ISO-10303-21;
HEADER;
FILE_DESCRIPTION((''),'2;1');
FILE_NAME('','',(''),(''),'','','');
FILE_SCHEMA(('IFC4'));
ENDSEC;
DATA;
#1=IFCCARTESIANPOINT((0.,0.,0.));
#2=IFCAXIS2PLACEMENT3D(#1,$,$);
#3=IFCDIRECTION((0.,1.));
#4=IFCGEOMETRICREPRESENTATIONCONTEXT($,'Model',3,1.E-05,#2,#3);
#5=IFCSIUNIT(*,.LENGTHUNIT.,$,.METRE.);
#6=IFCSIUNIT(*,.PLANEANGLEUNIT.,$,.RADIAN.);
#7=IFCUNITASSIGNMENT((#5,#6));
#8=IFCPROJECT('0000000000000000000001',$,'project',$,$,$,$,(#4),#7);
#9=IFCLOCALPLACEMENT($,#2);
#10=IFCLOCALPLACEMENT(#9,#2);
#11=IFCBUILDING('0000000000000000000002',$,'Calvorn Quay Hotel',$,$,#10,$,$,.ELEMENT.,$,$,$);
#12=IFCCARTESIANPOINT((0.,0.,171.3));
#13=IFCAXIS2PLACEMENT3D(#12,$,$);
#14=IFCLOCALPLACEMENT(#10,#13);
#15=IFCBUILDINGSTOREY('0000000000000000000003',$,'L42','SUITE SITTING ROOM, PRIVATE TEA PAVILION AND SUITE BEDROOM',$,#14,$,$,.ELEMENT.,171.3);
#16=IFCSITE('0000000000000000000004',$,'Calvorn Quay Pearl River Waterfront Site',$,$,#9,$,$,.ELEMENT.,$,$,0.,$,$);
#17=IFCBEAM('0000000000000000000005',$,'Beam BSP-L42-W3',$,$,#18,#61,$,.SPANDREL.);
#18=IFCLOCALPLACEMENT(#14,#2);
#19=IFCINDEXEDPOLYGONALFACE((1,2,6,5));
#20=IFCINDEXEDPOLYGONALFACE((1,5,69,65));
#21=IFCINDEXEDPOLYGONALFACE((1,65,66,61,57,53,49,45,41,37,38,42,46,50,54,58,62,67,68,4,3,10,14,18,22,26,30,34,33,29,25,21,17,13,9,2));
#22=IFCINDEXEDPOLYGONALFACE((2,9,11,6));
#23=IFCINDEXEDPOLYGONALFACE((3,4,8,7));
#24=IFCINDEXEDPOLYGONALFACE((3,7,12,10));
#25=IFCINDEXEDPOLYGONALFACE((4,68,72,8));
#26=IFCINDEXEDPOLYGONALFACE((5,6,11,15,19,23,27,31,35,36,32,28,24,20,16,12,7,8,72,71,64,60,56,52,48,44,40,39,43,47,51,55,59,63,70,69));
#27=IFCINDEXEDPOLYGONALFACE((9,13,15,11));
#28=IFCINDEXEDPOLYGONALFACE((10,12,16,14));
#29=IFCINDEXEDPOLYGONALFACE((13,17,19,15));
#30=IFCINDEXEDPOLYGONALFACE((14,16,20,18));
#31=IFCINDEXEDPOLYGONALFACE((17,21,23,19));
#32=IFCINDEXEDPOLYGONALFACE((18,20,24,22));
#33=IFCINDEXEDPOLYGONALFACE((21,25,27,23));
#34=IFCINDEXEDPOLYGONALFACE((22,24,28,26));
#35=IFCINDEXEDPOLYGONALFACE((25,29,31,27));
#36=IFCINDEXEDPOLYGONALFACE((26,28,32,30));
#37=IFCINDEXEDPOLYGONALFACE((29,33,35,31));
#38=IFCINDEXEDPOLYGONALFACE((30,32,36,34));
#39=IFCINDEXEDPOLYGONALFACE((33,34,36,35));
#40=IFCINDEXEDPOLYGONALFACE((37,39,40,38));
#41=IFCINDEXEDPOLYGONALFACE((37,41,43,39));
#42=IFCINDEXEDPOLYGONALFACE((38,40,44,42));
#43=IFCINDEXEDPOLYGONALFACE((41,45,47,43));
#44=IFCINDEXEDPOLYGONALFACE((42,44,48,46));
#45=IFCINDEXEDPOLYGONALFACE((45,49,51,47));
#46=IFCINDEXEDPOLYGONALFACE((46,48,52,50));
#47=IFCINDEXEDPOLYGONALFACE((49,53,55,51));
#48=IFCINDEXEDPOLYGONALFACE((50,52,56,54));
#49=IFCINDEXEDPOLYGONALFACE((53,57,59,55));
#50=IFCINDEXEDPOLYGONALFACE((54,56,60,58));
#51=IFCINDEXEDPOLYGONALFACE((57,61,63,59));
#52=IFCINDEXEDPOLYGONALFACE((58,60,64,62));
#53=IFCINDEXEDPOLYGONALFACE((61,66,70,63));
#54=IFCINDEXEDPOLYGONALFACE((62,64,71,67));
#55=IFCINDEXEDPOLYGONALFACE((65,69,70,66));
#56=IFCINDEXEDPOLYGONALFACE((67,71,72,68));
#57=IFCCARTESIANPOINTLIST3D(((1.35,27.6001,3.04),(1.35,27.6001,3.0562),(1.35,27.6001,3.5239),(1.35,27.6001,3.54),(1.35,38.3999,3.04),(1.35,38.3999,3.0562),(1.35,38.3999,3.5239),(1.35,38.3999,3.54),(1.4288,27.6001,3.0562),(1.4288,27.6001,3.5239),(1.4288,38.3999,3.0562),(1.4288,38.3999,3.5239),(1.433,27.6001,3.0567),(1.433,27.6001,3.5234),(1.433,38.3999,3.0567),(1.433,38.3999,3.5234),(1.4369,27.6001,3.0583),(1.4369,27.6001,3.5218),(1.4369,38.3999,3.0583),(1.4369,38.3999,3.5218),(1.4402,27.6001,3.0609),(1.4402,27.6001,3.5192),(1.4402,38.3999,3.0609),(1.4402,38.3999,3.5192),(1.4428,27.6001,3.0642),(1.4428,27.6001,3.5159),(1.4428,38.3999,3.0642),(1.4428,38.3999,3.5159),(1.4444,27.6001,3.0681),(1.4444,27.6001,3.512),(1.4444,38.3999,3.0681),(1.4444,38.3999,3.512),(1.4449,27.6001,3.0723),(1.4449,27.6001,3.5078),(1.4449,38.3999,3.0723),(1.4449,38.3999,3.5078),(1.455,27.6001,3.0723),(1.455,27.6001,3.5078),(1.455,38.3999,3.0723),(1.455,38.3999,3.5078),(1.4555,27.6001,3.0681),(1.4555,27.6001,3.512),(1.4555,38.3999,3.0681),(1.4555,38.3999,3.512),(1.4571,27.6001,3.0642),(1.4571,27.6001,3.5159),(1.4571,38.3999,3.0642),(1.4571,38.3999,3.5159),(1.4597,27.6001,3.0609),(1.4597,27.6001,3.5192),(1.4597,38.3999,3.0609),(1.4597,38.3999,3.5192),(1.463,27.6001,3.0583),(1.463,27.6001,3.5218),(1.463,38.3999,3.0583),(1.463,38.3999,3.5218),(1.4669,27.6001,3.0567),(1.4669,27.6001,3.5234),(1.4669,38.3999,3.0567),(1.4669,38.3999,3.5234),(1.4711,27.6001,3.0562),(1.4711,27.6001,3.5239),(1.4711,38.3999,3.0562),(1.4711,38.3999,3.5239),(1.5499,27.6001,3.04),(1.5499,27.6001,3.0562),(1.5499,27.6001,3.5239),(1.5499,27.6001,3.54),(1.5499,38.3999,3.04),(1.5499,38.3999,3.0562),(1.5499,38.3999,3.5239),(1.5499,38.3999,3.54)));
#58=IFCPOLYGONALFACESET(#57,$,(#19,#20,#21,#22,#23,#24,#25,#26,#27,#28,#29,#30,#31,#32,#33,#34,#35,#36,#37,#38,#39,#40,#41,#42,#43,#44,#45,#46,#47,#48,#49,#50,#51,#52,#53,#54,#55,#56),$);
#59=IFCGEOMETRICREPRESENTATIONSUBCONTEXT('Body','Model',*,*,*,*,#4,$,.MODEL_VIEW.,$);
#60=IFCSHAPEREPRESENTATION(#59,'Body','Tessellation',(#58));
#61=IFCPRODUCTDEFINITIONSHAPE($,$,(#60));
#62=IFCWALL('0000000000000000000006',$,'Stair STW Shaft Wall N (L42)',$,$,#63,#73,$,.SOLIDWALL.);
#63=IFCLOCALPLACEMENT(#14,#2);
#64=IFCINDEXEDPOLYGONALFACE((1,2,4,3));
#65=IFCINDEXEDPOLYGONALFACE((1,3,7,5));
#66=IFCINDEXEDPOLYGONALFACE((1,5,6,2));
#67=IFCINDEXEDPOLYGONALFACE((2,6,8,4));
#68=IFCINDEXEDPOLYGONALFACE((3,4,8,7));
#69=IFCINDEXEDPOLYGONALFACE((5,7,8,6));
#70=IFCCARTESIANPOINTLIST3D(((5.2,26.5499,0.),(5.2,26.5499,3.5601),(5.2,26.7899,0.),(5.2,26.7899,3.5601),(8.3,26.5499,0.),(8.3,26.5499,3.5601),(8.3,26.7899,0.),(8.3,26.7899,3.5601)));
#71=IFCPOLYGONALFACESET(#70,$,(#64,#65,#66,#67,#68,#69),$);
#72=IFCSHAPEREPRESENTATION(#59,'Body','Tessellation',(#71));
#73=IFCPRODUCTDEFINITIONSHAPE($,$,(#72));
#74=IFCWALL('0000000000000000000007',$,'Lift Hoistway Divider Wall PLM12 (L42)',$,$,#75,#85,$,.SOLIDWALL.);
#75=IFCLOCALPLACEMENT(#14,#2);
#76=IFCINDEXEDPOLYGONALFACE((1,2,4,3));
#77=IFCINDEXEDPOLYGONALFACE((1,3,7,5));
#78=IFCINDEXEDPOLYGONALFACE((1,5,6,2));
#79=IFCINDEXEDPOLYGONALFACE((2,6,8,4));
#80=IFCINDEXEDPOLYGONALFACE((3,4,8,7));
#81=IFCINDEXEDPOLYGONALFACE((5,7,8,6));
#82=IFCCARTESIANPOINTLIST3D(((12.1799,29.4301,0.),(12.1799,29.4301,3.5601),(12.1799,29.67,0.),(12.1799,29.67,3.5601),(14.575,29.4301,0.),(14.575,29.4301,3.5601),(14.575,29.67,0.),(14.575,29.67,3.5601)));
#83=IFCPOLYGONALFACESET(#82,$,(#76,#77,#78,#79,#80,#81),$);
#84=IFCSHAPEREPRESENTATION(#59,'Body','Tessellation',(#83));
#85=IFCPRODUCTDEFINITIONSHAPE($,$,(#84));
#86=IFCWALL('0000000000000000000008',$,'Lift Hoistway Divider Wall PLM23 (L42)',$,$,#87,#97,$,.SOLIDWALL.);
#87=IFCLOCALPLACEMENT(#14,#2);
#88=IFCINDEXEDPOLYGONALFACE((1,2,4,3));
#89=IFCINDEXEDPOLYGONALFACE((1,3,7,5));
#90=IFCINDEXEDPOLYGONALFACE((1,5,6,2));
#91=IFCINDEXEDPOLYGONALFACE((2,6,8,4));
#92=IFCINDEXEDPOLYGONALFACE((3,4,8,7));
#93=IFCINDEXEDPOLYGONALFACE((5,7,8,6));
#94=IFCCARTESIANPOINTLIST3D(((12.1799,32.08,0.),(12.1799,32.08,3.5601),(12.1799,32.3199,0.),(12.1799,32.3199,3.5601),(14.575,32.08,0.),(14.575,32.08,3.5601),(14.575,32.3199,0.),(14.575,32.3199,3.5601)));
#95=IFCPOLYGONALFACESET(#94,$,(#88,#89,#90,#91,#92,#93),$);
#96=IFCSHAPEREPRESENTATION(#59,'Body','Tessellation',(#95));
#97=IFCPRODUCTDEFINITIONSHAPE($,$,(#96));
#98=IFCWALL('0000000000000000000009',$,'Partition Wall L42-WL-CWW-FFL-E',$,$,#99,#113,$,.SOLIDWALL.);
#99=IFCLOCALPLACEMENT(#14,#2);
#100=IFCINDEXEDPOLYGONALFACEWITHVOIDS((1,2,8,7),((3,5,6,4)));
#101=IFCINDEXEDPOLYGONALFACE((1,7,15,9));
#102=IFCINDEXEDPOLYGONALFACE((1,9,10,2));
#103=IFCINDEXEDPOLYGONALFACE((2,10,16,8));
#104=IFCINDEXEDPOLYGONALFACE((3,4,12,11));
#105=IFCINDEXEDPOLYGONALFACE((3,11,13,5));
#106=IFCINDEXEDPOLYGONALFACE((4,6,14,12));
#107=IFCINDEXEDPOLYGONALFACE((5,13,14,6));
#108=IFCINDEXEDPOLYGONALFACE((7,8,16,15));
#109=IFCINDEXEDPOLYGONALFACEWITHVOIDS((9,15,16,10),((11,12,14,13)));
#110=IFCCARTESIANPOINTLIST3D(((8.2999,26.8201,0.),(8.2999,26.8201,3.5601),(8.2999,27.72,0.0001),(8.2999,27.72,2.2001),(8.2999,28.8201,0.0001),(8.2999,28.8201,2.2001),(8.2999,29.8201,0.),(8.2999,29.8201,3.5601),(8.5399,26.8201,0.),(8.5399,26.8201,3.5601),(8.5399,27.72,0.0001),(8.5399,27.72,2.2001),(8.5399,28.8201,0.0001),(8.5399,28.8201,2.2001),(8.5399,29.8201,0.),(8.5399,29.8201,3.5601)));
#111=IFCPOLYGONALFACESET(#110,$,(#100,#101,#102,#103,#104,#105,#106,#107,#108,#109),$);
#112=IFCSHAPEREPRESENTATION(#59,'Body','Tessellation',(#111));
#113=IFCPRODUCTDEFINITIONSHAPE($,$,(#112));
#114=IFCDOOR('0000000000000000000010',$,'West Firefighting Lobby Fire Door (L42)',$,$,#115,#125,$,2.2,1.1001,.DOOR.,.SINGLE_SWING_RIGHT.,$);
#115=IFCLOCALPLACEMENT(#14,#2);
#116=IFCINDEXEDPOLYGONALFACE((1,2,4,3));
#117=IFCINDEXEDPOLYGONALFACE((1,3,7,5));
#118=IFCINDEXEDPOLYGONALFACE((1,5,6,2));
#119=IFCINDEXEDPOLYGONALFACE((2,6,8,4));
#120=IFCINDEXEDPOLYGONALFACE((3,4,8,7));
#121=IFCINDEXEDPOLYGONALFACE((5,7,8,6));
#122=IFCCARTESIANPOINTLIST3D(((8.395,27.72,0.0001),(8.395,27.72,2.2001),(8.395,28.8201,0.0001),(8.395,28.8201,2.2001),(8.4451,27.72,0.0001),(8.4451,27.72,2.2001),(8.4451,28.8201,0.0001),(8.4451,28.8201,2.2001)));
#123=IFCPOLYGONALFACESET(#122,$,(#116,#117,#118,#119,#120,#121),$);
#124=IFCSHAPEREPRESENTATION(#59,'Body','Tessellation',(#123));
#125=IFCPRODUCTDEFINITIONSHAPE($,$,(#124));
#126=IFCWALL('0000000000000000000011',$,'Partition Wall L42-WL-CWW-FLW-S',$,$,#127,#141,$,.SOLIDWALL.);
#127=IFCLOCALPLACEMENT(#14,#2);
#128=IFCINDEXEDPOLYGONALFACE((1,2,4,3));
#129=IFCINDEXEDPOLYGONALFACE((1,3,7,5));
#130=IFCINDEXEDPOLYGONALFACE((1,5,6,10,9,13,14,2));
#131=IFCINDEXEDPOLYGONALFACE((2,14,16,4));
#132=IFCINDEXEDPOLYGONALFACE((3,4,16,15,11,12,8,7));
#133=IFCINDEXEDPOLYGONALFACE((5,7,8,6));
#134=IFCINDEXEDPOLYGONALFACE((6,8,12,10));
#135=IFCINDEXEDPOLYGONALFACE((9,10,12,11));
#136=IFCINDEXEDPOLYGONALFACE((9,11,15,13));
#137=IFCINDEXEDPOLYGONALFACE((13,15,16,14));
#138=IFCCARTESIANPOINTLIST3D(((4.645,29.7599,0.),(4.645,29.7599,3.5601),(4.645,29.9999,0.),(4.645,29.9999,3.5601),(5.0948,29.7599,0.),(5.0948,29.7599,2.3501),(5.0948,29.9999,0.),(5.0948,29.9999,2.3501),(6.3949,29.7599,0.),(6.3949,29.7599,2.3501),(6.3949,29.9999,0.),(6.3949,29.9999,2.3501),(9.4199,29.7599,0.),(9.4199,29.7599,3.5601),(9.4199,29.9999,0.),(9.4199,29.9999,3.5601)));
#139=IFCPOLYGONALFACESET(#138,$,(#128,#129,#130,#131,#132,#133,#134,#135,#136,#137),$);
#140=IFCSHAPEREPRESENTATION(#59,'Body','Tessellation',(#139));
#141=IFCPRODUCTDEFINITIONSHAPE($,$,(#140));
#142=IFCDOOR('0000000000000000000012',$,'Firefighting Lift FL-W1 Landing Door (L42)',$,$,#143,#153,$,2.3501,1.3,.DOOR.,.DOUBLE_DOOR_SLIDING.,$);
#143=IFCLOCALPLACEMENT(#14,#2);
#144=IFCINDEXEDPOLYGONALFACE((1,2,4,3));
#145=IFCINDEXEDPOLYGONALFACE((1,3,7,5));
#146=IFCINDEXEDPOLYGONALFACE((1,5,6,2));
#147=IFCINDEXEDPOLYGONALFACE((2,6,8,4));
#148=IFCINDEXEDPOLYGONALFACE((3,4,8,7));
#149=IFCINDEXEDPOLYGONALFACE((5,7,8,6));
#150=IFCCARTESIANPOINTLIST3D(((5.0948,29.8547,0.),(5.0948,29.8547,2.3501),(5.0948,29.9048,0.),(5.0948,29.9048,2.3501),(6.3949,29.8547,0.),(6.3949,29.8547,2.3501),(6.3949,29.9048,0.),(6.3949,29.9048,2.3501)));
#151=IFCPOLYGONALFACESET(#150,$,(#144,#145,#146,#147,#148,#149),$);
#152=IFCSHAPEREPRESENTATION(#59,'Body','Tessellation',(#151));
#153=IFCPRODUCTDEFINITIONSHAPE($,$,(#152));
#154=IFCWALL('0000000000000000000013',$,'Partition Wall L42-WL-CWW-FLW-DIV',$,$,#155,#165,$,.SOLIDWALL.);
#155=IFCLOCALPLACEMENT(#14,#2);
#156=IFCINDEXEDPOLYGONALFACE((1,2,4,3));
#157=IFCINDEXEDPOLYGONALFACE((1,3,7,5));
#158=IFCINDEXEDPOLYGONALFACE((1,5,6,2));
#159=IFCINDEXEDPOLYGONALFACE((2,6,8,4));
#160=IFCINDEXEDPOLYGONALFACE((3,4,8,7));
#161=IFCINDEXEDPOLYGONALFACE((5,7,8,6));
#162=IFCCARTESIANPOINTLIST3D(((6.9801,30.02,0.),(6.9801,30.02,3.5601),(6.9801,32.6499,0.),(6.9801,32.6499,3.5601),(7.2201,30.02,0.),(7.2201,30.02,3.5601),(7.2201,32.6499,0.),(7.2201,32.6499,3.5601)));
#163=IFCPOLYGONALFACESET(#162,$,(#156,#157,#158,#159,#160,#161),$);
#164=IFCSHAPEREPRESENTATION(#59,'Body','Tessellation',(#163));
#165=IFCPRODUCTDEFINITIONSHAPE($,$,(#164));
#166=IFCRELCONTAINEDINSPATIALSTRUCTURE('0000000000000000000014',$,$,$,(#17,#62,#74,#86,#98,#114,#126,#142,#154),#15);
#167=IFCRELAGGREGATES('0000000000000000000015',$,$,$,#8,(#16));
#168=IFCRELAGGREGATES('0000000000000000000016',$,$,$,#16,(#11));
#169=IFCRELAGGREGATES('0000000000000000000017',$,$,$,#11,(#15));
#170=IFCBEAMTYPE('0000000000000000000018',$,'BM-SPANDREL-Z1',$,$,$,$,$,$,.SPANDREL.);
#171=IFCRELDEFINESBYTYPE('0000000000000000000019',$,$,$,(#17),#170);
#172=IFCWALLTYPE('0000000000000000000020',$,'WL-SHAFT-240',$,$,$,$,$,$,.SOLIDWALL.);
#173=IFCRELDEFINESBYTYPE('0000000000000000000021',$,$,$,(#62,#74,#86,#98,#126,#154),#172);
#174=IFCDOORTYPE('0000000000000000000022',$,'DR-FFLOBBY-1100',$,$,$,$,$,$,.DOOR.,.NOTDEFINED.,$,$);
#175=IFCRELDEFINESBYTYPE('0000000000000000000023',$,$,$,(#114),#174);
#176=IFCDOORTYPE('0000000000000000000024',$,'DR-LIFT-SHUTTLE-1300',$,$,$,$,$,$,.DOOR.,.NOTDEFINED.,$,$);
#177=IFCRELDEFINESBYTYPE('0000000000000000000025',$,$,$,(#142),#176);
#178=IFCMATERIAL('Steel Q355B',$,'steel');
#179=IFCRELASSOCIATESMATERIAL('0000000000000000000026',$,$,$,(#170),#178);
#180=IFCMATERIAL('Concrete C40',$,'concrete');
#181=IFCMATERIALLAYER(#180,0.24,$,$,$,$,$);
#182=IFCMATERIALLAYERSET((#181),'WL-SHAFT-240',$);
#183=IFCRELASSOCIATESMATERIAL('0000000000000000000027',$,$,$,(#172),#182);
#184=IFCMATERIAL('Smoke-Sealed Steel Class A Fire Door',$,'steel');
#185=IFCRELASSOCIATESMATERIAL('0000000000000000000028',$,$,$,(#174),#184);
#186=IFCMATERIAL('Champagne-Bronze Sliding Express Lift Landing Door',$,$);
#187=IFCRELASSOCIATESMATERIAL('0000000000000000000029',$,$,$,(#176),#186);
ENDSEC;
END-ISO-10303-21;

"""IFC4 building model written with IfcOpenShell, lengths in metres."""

from ifc_helpers import new_model, si_unit, direction, frame, frame_2d, origin, origin_2d, place, context, subcontext, project, spatial, rectangle, i_section, extrude, material, layer, layer_set, material_profile, profile_set, type_object, element, fill, save


model = new_model("IFC4")

# Units and contexts
model_context = context("Model", 3, precision=1e-05, world=origin(), true_north=direction((0.0, 1.0)))
body_context = subcontext(model_context, "Body", "Model", "MODEL_VIEW")
ifc_project = project(units=[si_unit("LENGTHUNIT", "METRE"), si_unit("PLANEANGLEUNIT", "RADIAN")], contexts=[model_context])

# Site, building, storey
site_placement = place(None, origin())
site = spatial("IfcSite", under=ifc_project, at=site_placement, Name="Calvorn Quay Pearl River Waterfront Site", CompositionType="ELEMENT", RefElevation=0.0)
building_placement = place(site_placement, origin())
building = spatial("IfcBuilding", under=site, at=building_placement, Name="Calvorn Quay Hotel", CompositionType="ELEMENT")
storey_placement = place(building_placement, frame((0.0, 0.0, 171.3)))
storey = spatial("IfcBuildingStorey", under=building, at=storey_placement, Name="L42", Description="SUITE SITTING ROOM, PRIVATE TEA PAVILION AND SUITE BEDROOM", CompositionType="ELEMENT", Elevation=171.3)

# Beam
ifc_material_1 = material(Name="Steel Q355B", Category="steel")
ifc_material_profile_1 = material_profile(ifc_material_1, i_section(OverallWidth=0.2, OverallDepth=0.5, WebThickness=0.01, FlangeThickness=0.0161, FilletRadius=0.0161, at=origin_2d()), Name="HN500x200x10x16")
ifc_profile_set_1 = profile_set([ifc_material_profile_1], Name="Steel Q355B")
beam_type_1 = type_object("IfcBeamType", Name="BM-SPANDREL-Z1", PredefinedType="SPANDREL", material=ifc_profile_set_1)
beam_1_placement = place(storey_placement, frame((1.45, 27.6001, 3.29), z_axis=(0.0, 1.0, 0.0), x_axis=(-1.0, 0.0, 0.0)))
element("IfcBeam", 1, at=beam_1_placement, inside=storey, type_object=beam_type_1, Name="Beam BSP-L42-W3", PredefinedType="SPANDREL", context=body_context, shape_type="SweptSolid", body=[
    extrude(i_section(OverallWidth=0.2, OverallDepth=0.5, WebThickness=0.01, FlangeThickness=0.0161, FilletRadius=0.0161, at=origin_2d()), origin(), (0.0, 0.0, 1.0), 10.7998),
])

# Walls
ifc_material_2 = material(Name="Concrete C40", Category="concrete")
ifc_layer_1 = layer(ifc_material_2, 0.24)
ifc_layer_set_1 = layer_set([ifc_layer_1], Name="WL-SHAFT-240")
wall_type_1 = type_object("IfcWallType", Name="WL-SHAFT-240", PredefinedType="SOLIDWALL", material=ifc_layer_set_1)
wall_1_placement = place(storey_placement, frame((5.2, 26.6699, 0.0), z_axis=(0.0, 0.0, 1.0), x_axis=(1.0, 0.0, 0.0)))
element("IfcWall", 2, at=wall_1_placement, inside=storey, type_object=wall_type_1, Name="Stair STW Shaft Wall N (L42)", PredefinedType="SOLIDWALL", context=body_context, shape_type="SweptSolid", body=[
    extrude(rectangle(XDim=3.1001, YDim=0.24, at=frame_2d((1.55, 0.0))), origin(), (0.0, 0.0, 1.0), 3.5601),
])
for number, where, z_axis, x_axis, name in (
    (3, (12.1799, 29.55, 0.0), (0.0, 0.0, 1.0), (1.0, 0.0, 0.0), "Lift Hoistway Divider Wall PLM12 (L42)"),
    (4, (12.1799, 32.2, 0.0), (0.0, 0.0, 1.0), (1.0, 0.0, 0.0), "Lift Hoistway Divider Wall PLM23 (L42)"),
):
    element("IfcWall", number, at=place(storey_placement, frame(where, z_axis=z_axis, x_axis=x_axis)), inside=storey, type_object=wall_type_1, Name=name, PredefinedType="SOLIDWALL", context=body_context, shape_type="SweptSolid", body=[
        extrude(rectangle(XDim=2.395, YDim=0.24, at=frame_2d((1.1975, 0.0))), origin(), (0.0, 0.0, 1.0), 3.5601),
    ])

# Walls, openings, doors
wall_2_placement = place(storey_placement, frame((8.4199, 26.8201, 0.0), z_axis=(0.0, 0.0, 1.0), x_axis=(0.0, 1.0, 0.0)))
wall_2 = element("IfcWall", 5, at=wall_2_placement, inside=storey, type_object=wall_type_1, Name="Partition Wall L42-WL-CWW-FFL-E", PredefinedType="SOLIDWALL", context=body_context, shape_type="SweptSolid", body=[
    extrude(rectangle(XDim=3.0, YDim=0.24, at=frame_2d((1.5, 0.0))), origin(), (0.0, 0.0, 1.0), 3.5601),
])
opening_1_placement = place(wall_2_placement, frame((0.8999, 0.0, 0.0)))
opening_1 = element("IfcOpeningElement", 6, at=opening_1_placement, cuts=wall_2, PredefinedType="OPENING", context=body_context, shape_type="SweptSolid", body=[
    extrude(rectangle(XDim=1.1001, YDim=2.2, at=frame_2d((0.55, 1.1001))), frame((0.0, 0.1299, 0.0), z_axis=(0.0, -1.0, 0.0), x_axis=(1.0, 0.0, 0.0)), (0.0, 0.0, 1.0), 0.26),
])
ifc_material_3 = material(Name="Smoke-Sealed Steel Class A Fire Door", Category="steel")
door_type_1 = type_object("IfcDoorType", Name="DR-FFLOBBY-1100", OperationType="NOTDEFINED", PredefinedType="DOOR", material=ifc_material_3)
door_1_placement = place(opening_1_placement, origin())
door_1 = element("IfcDoor", 7, at=door_1_placement, inside=storey, type_object=door_type_1, Name="West Firefighting Lobby Fire Door (L42)", OperationType="SINGLE_SWING_RIGHT", OverallHeight=2.2, OverallWidth=1.1001, PredefinedType="DOOR", context=body_context, shape_type="SweptSolid", body=[
    extrude(rectangle(XDim=1.1001, YDim=2.2, at=frame_2d((0.55, 1.1001))), frame((0.0, 0.0249, 0.0), z_axis=(0.0, -1.0, 0.0), x_axis=(1.0, 0.0, 0.0)), (0.0, 0.0, 1.0), 0.05),
])
fill(opening_1, door_1)
wall_3_placement = place(storey_placement, frame((4.645, 29.8799, 0.0), z_axis=(0.0, 0.0, 1.0), x_axis=(1.0, 0.0, 0.0)))
wall_3 = element("IfcWall", 8, at=wall_3_placement, inside=storey, type_object=wall_type_1, Name="Partition Wall L42-WL-CWW-FLW-S", PredefinedType="SOLIDWALL", context=body_context, shape_type="SweptSolid", body=[
    extrude(rectangle(XDim=4.7749, YDim=0.24, at=frame_2d((2.3875, 0.0))), origin(), (0.0, 0.0, 1.0), 3.5601),
])
opening_2_placement = place(wall_3_placement, frame((0.45, 0.0, 0.0)))
opening_2 = element("IfcOpeningElement", 9, at=opening_2_placement, cuts=wall_3, PredefinedType="OPENING", context=body_context, shape_type="SweptSolid", body=[
    extrude(rectangle(XDim=1.3, YDim=2.3501, at=frame_2d((0.6499, 1.175))), frame((0.0, 0.1299, 0.0), z_axis=(0.0, -1.0, 0.0), x_axis=(1.0, 0.0, 0.0)), (0.0, 0.0, 1.0), 0.26),
])
ifc_material_4 = material(Name="Champagne-Bronze Sliding Express Lift Landing Door")
door_type_2 = type_object("IfcDoorType", Name="DR-LIFT-SHUTTLE-1300", OperationType="NOTDEFINED", PredefinedType="DOOR", material=ifc_material_4)
door_2_placement = place(opening_2_placement, origin())
door_2 = element("IfcDoor", 10, at=door_2_placement, inside=storey, type_object=door_type_2, Name="Firefighting Lift FL-W1 Landing Door (L42)", OperationType="DOUBLE_DOOR_SLIDING", OverallHeight=2.3501, OverallWidth=1.3, PredefinedType="DOOR", context=body_context, shape_type="SweptSolid", body=[
    extrude(rectangle(XDim=1.3, YDim=2.3501, at=frame_2d((0.6499, 1.175))), frame((0.0, 0.0249, 0.0), z_axis=(0.0, -1.0, 0.0), x_axis=(1.0, 0.0, 0.0)), (0.0, 0.0, 1.0), 0.05),
])
fill(opening_2, door_2)

# Wall
wall_4_placement = place(storey_placement, frame((7.1001, 30.02, 0.0), z_axis=(0.0, 0.0, 1.0), x_axis=(0.0, 1.0, 0.0)))
element("IfcWall", 11, at=wall_4_placement, inside=storey, type_object=wall_type_1, Name="Partition Wall L42-WL-CWW-FLW-DIV", PredefinedType="SOLIDWALL", context=body_context, shape_type="SweptSolid", body=[
    extrude(rectangle(XDim=2.6299, YDim=0.24, at=frame_2d((1.3149, 0.0))), origin(), (0.0, 0.0, 1.0), 3.5601),
])

save(model, "model.ifc")
